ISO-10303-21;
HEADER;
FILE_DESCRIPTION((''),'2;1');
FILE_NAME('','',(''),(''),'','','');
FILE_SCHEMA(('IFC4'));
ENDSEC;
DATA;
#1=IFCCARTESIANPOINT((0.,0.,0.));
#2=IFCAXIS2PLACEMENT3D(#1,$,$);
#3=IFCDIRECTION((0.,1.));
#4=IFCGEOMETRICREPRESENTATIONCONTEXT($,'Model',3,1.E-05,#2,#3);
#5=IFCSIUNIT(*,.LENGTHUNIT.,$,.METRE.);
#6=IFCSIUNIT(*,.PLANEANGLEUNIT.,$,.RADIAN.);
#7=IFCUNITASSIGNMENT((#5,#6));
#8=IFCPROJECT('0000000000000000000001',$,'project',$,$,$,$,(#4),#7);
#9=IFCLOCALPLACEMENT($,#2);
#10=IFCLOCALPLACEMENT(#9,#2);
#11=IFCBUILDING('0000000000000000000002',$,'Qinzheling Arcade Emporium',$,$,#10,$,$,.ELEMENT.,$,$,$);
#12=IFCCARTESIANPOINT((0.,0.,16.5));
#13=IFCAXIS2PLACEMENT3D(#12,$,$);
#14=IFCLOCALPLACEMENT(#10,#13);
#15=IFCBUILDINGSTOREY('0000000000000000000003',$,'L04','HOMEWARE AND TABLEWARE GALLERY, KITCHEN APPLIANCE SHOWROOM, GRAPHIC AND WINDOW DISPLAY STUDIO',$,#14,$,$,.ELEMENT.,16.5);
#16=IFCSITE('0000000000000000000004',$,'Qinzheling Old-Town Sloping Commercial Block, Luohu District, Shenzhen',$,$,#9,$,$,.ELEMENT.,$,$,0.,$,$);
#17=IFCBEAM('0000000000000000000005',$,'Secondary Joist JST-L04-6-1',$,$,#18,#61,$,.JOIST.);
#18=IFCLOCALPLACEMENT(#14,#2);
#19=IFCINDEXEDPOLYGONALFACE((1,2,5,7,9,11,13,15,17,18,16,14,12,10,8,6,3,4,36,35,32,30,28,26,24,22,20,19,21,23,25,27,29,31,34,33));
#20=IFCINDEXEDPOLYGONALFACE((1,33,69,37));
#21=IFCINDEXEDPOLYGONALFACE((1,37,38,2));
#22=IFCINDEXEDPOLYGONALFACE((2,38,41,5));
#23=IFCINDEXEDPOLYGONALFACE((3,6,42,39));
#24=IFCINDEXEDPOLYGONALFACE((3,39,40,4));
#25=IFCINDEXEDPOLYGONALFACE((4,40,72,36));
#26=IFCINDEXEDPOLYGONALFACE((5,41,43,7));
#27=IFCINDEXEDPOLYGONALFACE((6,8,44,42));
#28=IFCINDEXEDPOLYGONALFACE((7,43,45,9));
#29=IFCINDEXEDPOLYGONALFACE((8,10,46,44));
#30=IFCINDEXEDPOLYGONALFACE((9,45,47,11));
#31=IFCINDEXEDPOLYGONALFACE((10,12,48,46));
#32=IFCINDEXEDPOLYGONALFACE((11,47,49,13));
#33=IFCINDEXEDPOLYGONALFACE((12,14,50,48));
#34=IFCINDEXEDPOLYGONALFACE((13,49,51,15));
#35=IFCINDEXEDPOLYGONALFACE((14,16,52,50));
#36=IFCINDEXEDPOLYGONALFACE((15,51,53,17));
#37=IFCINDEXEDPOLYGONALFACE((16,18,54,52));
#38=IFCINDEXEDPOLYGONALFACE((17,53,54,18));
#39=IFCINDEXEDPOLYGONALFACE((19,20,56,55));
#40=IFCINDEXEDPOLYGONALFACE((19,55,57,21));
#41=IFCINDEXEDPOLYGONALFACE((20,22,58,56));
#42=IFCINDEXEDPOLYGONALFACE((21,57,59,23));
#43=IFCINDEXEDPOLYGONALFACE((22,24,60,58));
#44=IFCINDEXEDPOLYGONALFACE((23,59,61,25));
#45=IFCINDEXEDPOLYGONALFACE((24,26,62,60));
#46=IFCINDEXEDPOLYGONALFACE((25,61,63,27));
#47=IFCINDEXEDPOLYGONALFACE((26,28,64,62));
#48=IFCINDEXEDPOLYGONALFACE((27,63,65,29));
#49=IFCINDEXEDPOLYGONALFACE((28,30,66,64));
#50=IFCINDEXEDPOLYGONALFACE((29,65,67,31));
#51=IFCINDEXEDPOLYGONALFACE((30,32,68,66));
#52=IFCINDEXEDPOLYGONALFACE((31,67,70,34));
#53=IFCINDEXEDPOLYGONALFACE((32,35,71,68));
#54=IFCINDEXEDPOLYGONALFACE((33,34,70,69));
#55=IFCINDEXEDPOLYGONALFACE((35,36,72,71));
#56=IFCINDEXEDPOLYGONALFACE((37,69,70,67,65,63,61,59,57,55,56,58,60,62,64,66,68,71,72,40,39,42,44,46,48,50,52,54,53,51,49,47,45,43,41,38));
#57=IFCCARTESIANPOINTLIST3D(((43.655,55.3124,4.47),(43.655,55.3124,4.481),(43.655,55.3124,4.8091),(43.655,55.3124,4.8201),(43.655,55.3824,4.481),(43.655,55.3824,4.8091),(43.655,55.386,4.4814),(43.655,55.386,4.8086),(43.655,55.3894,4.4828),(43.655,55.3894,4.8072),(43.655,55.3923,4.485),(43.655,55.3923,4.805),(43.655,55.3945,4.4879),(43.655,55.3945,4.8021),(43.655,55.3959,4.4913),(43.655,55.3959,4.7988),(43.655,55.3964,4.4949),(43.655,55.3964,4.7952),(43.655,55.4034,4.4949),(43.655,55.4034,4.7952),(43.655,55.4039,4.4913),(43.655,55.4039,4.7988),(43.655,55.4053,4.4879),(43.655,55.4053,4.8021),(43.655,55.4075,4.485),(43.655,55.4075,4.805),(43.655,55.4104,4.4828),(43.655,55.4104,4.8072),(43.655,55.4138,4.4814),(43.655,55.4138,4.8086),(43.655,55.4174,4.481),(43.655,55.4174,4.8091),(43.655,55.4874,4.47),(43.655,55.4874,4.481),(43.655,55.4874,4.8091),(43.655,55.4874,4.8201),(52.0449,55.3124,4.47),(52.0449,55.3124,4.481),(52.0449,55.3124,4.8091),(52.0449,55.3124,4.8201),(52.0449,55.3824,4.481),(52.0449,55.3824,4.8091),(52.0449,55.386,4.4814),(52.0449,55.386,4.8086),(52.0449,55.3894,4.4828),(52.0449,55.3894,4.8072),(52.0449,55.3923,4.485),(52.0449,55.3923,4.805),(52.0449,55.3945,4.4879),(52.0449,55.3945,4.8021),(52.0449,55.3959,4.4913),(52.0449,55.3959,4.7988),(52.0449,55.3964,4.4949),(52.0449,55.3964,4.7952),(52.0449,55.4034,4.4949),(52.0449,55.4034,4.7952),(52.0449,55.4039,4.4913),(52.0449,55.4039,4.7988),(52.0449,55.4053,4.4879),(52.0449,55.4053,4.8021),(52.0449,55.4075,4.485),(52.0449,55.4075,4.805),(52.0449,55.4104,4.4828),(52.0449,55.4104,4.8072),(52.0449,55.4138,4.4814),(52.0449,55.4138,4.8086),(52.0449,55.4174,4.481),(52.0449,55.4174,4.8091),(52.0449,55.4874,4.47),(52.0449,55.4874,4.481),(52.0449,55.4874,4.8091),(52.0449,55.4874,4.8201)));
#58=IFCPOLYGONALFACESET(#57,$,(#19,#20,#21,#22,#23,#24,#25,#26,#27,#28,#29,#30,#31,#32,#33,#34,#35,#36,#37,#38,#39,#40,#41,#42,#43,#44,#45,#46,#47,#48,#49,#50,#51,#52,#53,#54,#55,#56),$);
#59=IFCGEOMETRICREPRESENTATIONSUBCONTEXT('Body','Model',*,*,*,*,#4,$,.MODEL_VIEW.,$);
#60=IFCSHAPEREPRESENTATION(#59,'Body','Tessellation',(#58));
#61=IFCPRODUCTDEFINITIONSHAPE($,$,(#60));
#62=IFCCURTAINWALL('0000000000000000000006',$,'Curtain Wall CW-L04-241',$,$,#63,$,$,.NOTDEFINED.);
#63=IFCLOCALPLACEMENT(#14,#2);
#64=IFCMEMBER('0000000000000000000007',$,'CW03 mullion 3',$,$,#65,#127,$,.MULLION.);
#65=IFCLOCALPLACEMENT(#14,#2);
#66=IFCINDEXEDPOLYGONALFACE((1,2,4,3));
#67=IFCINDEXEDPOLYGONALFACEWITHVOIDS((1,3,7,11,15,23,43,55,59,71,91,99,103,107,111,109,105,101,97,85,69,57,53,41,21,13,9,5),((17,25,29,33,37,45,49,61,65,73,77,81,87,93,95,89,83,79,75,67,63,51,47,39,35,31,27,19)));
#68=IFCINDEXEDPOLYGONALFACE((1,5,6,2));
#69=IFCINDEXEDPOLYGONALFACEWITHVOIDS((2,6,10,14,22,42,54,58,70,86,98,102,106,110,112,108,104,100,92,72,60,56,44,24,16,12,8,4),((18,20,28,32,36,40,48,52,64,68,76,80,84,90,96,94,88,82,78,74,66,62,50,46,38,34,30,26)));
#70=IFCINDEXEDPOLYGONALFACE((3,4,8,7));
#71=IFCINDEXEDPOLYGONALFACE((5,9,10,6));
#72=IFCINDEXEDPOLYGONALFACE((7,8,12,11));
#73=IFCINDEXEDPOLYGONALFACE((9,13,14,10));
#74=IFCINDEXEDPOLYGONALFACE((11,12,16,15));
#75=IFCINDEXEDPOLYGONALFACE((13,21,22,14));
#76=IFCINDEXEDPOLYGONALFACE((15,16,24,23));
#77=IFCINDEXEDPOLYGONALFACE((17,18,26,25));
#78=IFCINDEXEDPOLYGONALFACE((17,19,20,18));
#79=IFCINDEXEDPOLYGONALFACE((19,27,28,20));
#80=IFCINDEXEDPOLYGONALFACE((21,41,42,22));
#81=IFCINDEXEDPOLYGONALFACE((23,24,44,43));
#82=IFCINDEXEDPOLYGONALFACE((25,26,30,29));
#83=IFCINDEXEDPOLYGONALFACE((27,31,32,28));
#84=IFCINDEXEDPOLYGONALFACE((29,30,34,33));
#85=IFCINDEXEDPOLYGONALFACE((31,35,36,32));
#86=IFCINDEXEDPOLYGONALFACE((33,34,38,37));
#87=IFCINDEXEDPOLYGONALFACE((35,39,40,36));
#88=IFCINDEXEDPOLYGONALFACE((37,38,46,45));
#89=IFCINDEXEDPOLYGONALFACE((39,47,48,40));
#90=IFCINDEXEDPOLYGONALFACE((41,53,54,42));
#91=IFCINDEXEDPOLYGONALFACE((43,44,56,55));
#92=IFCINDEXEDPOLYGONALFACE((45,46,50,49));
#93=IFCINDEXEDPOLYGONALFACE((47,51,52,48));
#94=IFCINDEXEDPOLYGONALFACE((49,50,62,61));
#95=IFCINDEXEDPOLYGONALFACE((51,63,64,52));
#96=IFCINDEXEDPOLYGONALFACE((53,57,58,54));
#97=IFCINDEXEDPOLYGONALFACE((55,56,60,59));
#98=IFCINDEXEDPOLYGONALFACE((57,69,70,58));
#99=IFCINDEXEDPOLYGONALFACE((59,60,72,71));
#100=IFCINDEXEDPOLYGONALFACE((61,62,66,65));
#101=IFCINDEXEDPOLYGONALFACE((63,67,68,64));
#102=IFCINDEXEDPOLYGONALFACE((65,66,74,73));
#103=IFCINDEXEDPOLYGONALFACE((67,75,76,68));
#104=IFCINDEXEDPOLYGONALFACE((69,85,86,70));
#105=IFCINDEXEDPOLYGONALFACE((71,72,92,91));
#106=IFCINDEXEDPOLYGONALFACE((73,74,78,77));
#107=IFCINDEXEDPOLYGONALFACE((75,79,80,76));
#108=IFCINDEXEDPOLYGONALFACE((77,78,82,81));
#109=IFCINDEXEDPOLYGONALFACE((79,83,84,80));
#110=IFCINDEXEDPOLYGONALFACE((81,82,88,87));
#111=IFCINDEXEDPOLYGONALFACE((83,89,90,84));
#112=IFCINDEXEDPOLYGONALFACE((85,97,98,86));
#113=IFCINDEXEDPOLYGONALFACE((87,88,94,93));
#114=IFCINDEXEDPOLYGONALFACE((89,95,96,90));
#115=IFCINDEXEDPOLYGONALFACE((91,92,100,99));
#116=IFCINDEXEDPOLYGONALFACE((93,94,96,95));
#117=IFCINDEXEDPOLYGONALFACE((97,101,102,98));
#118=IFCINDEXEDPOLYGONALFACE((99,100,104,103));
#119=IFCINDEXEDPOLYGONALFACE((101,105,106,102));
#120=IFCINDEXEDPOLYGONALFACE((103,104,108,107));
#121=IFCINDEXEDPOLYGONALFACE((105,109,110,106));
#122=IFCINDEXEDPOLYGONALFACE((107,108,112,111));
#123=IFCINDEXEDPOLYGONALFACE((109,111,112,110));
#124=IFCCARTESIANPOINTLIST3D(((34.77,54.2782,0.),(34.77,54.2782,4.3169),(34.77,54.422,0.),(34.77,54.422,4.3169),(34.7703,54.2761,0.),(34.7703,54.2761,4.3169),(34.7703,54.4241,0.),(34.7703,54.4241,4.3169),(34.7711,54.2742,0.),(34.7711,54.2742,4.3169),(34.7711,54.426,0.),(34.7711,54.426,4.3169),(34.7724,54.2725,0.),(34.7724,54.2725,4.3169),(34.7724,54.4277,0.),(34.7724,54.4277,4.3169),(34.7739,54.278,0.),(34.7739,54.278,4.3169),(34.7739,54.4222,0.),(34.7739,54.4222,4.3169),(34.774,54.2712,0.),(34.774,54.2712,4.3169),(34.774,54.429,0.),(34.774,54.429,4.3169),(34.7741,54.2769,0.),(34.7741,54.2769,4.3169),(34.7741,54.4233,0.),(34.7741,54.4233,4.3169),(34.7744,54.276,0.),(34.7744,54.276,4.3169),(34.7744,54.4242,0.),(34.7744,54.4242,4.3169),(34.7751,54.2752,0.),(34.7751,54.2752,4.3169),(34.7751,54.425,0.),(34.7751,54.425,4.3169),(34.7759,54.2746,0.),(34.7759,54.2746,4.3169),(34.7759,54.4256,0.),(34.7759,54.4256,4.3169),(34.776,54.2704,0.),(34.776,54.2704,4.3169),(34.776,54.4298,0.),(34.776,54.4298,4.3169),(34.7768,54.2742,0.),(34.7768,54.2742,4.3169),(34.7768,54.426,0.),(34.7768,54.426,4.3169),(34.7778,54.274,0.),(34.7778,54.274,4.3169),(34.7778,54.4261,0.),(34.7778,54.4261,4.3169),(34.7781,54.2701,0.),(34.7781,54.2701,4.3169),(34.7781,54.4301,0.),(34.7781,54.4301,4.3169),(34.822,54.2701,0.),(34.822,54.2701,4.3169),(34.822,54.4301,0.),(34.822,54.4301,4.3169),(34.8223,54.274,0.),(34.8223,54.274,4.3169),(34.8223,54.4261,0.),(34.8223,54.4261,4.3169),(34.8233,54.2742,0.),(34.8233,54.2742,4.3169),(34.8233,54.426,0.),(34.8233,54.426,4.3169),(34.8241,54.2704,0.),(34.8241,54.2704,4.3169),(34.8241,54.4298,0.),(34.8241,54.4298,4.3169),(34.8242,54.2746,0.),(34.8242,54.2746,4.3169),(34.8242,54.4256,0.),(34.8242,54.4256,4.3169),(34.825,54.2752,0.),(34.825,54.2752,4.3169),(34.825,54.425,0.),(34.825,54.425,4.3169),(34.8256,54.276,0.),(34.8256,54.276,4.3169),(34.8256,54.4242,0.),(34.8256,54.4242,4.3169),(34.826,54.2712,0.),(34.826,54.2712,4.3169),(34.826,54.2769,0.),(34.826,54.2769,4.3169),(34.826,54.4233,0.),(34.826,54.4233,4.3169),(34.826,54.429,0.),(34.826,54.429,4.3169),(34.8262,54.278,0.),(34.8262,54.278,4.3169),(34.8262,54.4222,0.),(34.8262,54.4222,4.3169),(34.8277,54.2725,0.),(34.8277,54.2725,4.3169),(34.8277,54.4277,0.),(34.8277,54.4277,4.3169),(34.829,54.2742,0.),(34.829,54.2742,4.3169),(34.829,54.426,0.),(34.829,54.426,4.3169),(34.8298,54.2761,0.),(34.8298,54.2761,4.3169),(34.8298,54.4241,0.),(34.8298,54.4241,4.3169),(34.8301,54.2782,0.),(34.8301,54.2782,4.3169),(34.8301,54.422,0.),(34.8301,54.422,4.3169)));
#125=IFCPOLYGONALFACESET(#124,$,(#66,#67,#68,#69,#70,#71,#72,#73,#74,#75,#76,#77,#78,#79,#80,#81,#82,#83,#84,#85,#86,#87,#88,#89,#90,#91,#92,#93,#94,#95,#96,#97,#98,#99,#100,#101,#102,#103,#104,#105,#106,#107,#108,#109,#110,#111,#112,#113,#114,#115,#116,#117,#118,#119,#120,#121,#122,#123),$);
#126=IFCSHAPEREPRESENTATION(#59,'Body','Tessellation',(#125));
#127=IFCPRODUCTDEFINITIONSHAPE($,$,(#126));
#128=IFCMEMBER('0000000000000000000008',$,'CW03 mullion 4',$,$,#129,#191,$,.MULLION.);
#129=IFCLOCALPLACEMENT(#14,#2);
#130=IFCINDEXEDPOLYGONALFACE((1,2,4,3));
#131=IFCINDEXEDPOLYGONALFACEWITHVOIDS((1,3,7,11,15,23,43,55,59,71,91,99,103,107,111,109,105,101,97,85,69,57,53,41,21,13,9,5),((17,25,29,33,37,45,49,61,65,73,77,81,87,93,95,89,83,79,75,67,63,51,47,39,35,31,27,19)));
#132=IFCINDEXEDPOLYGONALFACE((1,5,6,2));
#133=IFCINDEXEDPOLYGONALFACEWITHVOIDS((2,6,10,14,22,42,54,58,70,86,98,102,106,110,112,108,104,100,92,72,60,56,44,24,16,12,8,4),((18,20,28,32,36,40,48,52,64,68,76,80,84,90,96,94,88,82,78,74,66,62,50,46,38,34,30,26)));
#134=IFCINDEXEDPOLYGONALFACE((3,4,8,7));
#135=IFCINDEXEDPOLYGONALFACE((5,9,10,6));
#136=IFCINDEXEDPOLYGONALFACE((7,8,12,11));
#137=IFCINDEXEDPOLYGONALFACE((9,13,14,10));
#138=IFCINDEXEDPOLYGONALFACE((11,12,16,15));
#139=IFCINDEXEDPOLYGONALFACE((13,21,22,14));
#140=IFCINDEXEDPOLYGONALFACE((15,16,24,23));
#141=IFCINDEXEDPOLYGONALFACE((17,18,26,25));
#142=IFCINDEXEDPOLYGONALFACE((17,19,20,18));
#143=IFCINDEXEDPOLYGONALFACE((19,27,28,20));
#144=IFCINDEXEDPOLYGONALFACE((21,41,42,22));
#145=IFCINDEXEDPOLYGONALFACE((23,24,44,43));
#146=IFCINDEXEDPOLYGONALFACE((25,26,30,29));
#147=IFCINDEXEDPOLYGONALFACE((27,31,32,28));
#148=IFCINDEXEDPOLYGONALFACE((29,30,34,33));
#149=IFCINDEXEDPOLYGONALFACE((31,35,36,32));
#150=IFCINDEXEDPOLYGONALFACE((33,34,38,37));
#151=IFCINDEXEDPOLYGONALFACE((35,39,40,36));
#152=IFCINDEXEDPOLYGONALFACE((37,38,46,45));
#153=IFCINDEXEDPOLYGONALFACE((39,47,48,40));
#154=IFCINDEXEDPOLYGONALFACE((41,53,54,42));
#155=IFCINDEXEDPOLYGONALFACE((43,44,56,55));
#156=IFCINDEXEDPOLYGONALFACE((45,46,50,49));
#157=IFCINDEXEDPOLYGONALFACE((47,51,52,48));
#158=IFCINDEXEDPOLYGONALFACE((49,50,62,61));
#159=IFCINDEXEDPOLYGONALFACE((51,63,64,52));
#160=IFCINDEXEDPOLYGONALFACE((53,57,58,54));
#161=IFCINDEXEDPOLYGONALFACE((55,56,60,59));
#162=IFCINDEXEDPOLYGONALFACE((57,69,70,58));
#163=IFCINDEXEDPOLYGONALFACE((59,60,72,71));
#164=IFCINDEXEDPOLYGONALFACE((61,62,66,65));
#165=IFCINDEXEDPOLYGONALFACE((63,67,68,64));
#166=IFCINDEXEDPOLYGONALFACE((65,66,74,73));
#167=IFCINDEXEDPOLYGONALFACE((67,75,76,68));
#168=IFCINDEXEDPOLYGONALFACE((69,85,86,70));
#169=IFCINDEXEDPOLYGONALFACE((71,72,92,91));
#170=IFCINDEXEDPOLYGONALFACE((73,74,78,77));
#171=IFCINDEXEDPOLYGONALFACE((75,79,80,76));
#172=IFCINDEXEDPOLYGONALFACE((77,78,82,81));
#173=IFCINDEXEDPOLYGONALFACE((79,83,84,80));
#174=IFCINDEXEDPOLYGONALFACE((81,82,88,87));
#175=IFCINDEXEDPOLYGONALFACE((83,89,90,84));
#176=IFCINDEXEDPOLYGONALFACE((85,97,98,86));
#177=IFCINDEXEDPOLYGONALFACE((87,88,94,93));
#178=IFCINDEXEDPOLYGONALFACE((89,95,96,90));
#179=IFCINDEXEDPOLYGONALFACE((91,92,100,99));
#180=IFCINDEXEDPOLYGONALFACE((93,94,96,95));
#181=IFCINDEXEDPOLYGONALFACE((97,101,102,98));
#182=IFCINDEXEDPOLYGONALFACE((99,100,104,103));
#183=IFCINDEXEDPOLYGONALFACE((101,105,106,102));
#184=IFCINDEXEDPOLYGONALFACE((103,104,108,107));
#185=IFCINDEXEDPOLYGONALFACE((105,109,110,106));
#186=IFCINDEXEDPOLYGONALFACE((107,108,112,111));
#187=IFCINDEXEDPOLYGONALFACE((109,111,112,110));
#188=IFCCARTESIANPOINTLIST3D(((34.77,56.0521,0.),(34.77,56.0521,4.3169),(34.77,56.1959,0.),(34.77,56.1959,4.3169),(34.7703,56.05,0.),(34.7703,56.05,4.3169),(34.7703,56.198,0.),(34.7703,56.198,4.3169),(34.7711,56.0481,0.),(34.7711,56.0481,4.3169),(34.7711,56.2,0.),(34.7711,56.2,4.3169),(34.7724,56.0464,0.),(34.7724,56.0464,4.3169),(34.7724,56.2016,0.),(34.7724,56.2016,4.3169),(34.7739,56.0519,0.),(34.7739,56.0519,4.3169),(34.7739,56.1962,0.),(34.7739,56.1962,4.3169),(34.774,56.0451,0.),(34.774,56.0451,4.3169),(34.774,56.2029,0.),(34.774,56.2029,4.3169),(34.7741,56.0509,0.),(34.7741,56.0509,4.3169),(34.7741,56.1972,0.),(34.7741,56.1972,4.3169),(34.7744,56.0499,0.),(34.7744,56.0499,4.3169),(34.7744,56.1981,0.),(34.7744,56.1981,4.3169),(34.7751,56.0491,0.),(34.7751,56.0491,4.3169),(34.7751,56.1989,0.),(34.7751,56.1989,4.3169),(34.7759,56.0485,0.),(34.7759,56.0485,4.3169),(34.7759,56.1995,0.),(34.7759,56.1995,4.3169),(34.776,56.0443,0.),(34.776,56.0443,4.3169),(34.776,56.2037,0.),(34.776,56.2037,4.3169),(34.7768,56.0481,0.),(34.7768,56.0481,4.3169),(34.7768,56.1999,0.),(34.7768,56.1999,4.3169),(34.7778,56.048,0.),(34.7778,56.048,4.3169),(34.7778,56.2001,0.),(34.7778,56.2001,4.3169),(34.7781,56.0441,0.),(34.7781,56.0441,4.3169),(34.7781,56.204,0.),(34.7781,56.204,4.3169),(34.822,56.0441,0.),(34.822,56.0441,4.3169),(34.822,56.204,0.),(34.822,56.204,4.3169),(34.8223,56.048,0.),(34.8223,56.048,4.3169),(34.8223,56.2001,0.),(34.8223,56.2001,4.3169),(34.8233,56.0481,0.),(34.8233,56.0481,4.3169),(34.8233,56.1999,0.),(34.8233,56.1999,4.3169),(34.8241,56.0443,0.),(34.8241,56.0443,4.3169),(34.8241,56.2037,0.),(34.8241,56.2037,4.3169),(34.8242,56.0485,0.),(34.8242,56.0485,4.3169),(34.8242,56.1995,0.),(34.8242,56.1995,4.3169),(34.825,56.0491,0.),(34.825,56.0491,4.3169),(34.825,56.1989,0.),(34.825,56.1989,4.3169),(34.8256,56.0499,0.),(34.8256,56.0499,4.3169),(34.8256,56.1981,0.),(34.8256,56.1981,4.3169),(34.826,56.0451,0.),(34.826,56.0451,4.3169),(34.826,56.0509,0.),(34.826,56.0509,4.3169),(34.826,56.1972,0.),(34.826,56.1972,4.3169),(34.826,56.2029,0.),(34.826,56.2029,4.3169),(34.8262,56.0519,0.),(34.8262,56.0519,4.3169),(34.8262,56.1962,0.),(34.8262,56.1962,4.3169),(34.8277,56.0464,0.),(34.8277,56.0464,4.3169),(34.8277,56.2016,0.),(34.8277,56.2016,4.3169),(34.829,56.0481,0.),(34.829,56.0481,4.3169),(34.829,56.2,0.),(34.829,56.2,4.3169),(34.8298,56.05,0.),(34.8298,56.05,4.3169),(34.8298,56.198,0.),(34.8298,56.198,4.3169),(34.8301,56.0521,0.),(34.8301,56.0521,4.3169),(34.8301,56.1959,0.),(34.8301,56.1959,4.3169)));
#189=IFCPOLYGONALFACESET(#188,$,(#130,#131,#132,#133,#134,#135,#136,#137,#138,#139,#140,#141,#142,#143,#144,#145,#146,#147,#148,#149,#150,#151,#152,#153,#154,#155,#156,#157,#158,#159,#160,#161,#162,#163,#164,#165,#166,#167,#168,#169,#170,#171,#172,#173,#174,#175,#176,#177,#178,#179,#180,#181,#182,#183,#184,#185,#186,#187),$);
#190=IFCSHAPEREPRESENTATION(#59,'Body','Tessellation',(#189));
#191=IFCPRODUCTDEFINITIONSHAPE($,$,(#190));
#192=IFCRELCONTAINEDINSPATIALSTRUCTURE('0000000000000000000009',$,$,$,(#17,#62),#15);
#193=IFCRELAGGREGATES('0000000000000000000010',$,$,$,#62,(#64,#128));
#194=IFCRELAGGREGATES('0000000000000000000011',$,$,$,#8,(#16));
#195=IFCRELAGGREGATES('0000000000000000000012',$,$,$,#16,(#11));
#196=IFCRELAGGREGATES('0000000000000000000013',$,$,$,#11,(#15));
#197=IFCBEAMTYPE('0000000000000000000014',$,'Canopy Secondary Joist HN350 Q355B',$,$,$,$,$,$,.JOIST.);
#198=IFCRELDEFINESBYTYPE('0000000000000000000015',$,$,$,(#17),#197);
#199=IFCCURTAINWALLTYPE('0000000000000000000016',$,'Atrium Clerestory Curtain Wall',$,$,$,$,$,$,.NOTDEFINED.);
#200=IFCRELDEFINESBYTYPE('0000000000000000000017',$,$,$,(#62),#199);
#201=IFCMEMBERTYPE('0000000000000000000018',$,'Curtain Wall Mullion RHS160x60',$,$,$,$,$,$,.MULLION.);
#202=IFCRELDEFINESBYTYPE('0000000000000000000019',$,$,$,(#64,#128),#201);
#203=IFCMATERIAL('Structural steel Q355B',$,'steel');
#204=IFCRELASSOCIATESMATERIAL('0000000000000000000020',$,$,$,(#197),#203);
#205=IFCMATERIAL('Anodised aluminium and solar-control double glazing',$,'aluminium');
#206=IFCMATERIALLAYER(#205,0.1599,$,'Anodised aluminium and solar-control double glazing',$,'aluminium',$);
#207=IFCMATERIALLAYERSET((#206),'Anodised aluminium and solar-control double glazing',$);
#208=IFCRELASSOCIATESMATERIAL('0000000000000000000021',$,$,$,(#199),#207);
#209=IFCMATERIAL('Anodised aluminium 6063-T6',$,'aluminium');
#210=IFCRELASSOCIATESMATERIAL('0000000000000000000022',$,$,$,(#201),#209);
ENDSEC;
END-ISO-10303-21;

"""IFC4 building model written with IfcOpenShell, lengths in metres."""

from ifc_helpers import new_model, si_unit, direction, frame, origin, origin_2d, place, context, subcontext, project, spatial, hollow_rectangle, i_section, extrude, material, layer, layer_set, material_profile, profile_set, type_object, element, aggregate, save


model = new_model("IFC4")

# Units and contexts
model_context = context("Model", 3, precision=1e-05, world=origin(), true_north=direction((0.0, 1.0)))
body_context = subcontext(model_context, "Body", "Model", "MODEL_VIEW")
ifc_project = project(units=[si_unit("LENGTHUNIT", "METRE"), si_unit("PLANEANGLEUNIT", "RADIAN")], contexts=[model_context])

# Site, building, storey
site_placement = place(None, origin())
site = spatial("IfcSite", under=ifc_project, at=site_placement, Name="Qinzheling Old-Town Sloping Commercial Block, Luohu District, Shenzhen", CompositionType="ELEMENT", RefElevation=0.0)
building_placement = place(site_placement, origin())
building = spatial("IfcBuilding", under=site, at=building_placement, Name="Qinzheling Arcade Emporium", CompositionType="ELEMENT")
storey_placement = place(building_placement, frame((0.0, 0.0, 16.5)))
storey = spatial("IfcBuildingStorey", under=building, at=storey_placement, Name="L04", Description="HOMEWARE AND TABLEWARE GALLERY, KITCHEN APPLIANCE SHOWROOM, GRAPHIC AND WINDOW DISPLAY STUDIO", CompositionType="ELEMENT", Elevation=16.5)

# Beam
ifc_material_1 = material(Name="Structural steel Q355B", Category="steel")
ifc_material_profile_1 = material_profile(ifc_material_1, i_section(OverallWidth=0.175, OverallDepth=0.3501, WebThickness=0.0071, FlangeThickness=0.011, FilletRadius=0.0139, at=origin_2d()), Name="HN 350x175x7x11", Category="steel")
ifc_profile_set_1 = profile_set([ifc_material_profile_1], Name="Structural steel Q355B")
beam_type_1 = type_object("IfcBeamType", Name="Canopy Secondary Joist HN350 Q355B", PredefinedType="JOIST", material=ifc_profile_set_1)
beam_1_placement = place(storey_placement, frame((43.655, 55.3999, 4.645), z_axis=(1.0, 0.0, 0.0), x_axis=(0.0, 1.0, 0.0)))
element("IfcBeam", 1, at=beam_1_placement, inside=storey, type_object=beam_type_1, Name="Secondary Joist JST-L04-6-1", PredefinedType="JOIST", context=body_context, shape_type="SweptSolid", body=[
    extrude(i_section(OverallWidth=0.175, OverallDepth=0.3501, WebThickness=0.0071, FlangeThickness=0.011, FilletRadius=0.0139, at=origin_2d()), origin(), (0.0, 0.0, 1.0), 8.3899),
])

# Curtain wall, members
ifc_material_2 = material(Name="Anodised aluminium and solar-control double glazing", Category="aluminium")
ifc_layer_1 = layer(ifc_material_2, 0.1599, Name="Anodised aluminium and solar-control double glazing", Category="aluminium")
ifc_layer_set_1 = layer_set([ifc_layer_1], Name="Anodised aluminium and solar-control double glazing")
curtain_wall_type = type_object("IfcCurtainWallType", Name="Atrium Clerestory Curtain Wall", PredefinedType="NOTDEFINED", material=ifc_layer_set_1)
curtain_wall_1_placement = place(storey_placement, origin())
curtain_wall_1 = element("IfcCurtainWall", 2, at=curtain_wall_1_placement, inside=storey, type_object=curtain_wall_type, Name="Curtain Wall CW-L04-241", PredefinedType="NOTDEFINED")
ifc_material_3 = material(Name="Anodised aluminium 6063-T6", Category="aluminium")
ifc_material_profile_2 = material_profile(ifc_material_3, hollow_rectangle(XDim=0.0601, YDim=0.1599, WallThickness=0.0039, InnerFilletRadius=0.0039, OuterFilletRadius=0.0081, at=origin_2d()), Name="RHS 160x60x4", Category="aluminium")
ifc_profile_set_2 = profile_set([ifc_material_profile_2], Name="Anodised aluminium 6063-T6")
member_type_1 = type_object("IfcMemberType", Name="Curtain Wall Mullion RHS160x60", PredefinedType="MULLION", material=ifc_profile_set_2)
member_1_placement = place(storey_placement, frame((34.8, 54.3501, 0.0), z_axis=(0.0, 0.0, 1.0), x_axis=(-1.0, 0.0, 0.0)))
member_1 = element("IfcMember", 3, at=member_1_placement, type_object=member_type_1, Name="CW03 mullion 3", PredefinedType="MULLION", context=body_context, shape_type="SweptSolid", body=[
    extrude(hollow_rectangle(XDim=0.0601, YDim=0.1599, WallThickness=0.0039, InnerFilletRadius=0.0039, OuterFilletRadius=0.0081, at=origin_2d()), origin(), (0.0, 0.0, 1.0), 4.3169),
])
member_2_placement = place(storey_placement, frame((34.8, 56.124, 0.0), z_axis=(0.0, 0.0, 1.0), x_axis=(-1.0, 0.0, 0.0)))
member_2 = element("IfcMember", 4, at=member_2_placement, type_object=member_type_1, Name="CW03 mullion 4", PredefinedType="MULLION", context=body_context, shape_type="SweptSolid", body=[
    extrude(hollow_rectangle(XDim=0.0601, YDim=0.1599, WallThickness=0.0039, InnerFilletRadius=0.0039, OuterFilletRadius=0.0081, at=origin_2d()), origin(), (0.0, 0.0, 1.0), 4.3169),
])

aggregate(curtain_wall_1, [member_1, member_2])

save(model, "model.ifc")
